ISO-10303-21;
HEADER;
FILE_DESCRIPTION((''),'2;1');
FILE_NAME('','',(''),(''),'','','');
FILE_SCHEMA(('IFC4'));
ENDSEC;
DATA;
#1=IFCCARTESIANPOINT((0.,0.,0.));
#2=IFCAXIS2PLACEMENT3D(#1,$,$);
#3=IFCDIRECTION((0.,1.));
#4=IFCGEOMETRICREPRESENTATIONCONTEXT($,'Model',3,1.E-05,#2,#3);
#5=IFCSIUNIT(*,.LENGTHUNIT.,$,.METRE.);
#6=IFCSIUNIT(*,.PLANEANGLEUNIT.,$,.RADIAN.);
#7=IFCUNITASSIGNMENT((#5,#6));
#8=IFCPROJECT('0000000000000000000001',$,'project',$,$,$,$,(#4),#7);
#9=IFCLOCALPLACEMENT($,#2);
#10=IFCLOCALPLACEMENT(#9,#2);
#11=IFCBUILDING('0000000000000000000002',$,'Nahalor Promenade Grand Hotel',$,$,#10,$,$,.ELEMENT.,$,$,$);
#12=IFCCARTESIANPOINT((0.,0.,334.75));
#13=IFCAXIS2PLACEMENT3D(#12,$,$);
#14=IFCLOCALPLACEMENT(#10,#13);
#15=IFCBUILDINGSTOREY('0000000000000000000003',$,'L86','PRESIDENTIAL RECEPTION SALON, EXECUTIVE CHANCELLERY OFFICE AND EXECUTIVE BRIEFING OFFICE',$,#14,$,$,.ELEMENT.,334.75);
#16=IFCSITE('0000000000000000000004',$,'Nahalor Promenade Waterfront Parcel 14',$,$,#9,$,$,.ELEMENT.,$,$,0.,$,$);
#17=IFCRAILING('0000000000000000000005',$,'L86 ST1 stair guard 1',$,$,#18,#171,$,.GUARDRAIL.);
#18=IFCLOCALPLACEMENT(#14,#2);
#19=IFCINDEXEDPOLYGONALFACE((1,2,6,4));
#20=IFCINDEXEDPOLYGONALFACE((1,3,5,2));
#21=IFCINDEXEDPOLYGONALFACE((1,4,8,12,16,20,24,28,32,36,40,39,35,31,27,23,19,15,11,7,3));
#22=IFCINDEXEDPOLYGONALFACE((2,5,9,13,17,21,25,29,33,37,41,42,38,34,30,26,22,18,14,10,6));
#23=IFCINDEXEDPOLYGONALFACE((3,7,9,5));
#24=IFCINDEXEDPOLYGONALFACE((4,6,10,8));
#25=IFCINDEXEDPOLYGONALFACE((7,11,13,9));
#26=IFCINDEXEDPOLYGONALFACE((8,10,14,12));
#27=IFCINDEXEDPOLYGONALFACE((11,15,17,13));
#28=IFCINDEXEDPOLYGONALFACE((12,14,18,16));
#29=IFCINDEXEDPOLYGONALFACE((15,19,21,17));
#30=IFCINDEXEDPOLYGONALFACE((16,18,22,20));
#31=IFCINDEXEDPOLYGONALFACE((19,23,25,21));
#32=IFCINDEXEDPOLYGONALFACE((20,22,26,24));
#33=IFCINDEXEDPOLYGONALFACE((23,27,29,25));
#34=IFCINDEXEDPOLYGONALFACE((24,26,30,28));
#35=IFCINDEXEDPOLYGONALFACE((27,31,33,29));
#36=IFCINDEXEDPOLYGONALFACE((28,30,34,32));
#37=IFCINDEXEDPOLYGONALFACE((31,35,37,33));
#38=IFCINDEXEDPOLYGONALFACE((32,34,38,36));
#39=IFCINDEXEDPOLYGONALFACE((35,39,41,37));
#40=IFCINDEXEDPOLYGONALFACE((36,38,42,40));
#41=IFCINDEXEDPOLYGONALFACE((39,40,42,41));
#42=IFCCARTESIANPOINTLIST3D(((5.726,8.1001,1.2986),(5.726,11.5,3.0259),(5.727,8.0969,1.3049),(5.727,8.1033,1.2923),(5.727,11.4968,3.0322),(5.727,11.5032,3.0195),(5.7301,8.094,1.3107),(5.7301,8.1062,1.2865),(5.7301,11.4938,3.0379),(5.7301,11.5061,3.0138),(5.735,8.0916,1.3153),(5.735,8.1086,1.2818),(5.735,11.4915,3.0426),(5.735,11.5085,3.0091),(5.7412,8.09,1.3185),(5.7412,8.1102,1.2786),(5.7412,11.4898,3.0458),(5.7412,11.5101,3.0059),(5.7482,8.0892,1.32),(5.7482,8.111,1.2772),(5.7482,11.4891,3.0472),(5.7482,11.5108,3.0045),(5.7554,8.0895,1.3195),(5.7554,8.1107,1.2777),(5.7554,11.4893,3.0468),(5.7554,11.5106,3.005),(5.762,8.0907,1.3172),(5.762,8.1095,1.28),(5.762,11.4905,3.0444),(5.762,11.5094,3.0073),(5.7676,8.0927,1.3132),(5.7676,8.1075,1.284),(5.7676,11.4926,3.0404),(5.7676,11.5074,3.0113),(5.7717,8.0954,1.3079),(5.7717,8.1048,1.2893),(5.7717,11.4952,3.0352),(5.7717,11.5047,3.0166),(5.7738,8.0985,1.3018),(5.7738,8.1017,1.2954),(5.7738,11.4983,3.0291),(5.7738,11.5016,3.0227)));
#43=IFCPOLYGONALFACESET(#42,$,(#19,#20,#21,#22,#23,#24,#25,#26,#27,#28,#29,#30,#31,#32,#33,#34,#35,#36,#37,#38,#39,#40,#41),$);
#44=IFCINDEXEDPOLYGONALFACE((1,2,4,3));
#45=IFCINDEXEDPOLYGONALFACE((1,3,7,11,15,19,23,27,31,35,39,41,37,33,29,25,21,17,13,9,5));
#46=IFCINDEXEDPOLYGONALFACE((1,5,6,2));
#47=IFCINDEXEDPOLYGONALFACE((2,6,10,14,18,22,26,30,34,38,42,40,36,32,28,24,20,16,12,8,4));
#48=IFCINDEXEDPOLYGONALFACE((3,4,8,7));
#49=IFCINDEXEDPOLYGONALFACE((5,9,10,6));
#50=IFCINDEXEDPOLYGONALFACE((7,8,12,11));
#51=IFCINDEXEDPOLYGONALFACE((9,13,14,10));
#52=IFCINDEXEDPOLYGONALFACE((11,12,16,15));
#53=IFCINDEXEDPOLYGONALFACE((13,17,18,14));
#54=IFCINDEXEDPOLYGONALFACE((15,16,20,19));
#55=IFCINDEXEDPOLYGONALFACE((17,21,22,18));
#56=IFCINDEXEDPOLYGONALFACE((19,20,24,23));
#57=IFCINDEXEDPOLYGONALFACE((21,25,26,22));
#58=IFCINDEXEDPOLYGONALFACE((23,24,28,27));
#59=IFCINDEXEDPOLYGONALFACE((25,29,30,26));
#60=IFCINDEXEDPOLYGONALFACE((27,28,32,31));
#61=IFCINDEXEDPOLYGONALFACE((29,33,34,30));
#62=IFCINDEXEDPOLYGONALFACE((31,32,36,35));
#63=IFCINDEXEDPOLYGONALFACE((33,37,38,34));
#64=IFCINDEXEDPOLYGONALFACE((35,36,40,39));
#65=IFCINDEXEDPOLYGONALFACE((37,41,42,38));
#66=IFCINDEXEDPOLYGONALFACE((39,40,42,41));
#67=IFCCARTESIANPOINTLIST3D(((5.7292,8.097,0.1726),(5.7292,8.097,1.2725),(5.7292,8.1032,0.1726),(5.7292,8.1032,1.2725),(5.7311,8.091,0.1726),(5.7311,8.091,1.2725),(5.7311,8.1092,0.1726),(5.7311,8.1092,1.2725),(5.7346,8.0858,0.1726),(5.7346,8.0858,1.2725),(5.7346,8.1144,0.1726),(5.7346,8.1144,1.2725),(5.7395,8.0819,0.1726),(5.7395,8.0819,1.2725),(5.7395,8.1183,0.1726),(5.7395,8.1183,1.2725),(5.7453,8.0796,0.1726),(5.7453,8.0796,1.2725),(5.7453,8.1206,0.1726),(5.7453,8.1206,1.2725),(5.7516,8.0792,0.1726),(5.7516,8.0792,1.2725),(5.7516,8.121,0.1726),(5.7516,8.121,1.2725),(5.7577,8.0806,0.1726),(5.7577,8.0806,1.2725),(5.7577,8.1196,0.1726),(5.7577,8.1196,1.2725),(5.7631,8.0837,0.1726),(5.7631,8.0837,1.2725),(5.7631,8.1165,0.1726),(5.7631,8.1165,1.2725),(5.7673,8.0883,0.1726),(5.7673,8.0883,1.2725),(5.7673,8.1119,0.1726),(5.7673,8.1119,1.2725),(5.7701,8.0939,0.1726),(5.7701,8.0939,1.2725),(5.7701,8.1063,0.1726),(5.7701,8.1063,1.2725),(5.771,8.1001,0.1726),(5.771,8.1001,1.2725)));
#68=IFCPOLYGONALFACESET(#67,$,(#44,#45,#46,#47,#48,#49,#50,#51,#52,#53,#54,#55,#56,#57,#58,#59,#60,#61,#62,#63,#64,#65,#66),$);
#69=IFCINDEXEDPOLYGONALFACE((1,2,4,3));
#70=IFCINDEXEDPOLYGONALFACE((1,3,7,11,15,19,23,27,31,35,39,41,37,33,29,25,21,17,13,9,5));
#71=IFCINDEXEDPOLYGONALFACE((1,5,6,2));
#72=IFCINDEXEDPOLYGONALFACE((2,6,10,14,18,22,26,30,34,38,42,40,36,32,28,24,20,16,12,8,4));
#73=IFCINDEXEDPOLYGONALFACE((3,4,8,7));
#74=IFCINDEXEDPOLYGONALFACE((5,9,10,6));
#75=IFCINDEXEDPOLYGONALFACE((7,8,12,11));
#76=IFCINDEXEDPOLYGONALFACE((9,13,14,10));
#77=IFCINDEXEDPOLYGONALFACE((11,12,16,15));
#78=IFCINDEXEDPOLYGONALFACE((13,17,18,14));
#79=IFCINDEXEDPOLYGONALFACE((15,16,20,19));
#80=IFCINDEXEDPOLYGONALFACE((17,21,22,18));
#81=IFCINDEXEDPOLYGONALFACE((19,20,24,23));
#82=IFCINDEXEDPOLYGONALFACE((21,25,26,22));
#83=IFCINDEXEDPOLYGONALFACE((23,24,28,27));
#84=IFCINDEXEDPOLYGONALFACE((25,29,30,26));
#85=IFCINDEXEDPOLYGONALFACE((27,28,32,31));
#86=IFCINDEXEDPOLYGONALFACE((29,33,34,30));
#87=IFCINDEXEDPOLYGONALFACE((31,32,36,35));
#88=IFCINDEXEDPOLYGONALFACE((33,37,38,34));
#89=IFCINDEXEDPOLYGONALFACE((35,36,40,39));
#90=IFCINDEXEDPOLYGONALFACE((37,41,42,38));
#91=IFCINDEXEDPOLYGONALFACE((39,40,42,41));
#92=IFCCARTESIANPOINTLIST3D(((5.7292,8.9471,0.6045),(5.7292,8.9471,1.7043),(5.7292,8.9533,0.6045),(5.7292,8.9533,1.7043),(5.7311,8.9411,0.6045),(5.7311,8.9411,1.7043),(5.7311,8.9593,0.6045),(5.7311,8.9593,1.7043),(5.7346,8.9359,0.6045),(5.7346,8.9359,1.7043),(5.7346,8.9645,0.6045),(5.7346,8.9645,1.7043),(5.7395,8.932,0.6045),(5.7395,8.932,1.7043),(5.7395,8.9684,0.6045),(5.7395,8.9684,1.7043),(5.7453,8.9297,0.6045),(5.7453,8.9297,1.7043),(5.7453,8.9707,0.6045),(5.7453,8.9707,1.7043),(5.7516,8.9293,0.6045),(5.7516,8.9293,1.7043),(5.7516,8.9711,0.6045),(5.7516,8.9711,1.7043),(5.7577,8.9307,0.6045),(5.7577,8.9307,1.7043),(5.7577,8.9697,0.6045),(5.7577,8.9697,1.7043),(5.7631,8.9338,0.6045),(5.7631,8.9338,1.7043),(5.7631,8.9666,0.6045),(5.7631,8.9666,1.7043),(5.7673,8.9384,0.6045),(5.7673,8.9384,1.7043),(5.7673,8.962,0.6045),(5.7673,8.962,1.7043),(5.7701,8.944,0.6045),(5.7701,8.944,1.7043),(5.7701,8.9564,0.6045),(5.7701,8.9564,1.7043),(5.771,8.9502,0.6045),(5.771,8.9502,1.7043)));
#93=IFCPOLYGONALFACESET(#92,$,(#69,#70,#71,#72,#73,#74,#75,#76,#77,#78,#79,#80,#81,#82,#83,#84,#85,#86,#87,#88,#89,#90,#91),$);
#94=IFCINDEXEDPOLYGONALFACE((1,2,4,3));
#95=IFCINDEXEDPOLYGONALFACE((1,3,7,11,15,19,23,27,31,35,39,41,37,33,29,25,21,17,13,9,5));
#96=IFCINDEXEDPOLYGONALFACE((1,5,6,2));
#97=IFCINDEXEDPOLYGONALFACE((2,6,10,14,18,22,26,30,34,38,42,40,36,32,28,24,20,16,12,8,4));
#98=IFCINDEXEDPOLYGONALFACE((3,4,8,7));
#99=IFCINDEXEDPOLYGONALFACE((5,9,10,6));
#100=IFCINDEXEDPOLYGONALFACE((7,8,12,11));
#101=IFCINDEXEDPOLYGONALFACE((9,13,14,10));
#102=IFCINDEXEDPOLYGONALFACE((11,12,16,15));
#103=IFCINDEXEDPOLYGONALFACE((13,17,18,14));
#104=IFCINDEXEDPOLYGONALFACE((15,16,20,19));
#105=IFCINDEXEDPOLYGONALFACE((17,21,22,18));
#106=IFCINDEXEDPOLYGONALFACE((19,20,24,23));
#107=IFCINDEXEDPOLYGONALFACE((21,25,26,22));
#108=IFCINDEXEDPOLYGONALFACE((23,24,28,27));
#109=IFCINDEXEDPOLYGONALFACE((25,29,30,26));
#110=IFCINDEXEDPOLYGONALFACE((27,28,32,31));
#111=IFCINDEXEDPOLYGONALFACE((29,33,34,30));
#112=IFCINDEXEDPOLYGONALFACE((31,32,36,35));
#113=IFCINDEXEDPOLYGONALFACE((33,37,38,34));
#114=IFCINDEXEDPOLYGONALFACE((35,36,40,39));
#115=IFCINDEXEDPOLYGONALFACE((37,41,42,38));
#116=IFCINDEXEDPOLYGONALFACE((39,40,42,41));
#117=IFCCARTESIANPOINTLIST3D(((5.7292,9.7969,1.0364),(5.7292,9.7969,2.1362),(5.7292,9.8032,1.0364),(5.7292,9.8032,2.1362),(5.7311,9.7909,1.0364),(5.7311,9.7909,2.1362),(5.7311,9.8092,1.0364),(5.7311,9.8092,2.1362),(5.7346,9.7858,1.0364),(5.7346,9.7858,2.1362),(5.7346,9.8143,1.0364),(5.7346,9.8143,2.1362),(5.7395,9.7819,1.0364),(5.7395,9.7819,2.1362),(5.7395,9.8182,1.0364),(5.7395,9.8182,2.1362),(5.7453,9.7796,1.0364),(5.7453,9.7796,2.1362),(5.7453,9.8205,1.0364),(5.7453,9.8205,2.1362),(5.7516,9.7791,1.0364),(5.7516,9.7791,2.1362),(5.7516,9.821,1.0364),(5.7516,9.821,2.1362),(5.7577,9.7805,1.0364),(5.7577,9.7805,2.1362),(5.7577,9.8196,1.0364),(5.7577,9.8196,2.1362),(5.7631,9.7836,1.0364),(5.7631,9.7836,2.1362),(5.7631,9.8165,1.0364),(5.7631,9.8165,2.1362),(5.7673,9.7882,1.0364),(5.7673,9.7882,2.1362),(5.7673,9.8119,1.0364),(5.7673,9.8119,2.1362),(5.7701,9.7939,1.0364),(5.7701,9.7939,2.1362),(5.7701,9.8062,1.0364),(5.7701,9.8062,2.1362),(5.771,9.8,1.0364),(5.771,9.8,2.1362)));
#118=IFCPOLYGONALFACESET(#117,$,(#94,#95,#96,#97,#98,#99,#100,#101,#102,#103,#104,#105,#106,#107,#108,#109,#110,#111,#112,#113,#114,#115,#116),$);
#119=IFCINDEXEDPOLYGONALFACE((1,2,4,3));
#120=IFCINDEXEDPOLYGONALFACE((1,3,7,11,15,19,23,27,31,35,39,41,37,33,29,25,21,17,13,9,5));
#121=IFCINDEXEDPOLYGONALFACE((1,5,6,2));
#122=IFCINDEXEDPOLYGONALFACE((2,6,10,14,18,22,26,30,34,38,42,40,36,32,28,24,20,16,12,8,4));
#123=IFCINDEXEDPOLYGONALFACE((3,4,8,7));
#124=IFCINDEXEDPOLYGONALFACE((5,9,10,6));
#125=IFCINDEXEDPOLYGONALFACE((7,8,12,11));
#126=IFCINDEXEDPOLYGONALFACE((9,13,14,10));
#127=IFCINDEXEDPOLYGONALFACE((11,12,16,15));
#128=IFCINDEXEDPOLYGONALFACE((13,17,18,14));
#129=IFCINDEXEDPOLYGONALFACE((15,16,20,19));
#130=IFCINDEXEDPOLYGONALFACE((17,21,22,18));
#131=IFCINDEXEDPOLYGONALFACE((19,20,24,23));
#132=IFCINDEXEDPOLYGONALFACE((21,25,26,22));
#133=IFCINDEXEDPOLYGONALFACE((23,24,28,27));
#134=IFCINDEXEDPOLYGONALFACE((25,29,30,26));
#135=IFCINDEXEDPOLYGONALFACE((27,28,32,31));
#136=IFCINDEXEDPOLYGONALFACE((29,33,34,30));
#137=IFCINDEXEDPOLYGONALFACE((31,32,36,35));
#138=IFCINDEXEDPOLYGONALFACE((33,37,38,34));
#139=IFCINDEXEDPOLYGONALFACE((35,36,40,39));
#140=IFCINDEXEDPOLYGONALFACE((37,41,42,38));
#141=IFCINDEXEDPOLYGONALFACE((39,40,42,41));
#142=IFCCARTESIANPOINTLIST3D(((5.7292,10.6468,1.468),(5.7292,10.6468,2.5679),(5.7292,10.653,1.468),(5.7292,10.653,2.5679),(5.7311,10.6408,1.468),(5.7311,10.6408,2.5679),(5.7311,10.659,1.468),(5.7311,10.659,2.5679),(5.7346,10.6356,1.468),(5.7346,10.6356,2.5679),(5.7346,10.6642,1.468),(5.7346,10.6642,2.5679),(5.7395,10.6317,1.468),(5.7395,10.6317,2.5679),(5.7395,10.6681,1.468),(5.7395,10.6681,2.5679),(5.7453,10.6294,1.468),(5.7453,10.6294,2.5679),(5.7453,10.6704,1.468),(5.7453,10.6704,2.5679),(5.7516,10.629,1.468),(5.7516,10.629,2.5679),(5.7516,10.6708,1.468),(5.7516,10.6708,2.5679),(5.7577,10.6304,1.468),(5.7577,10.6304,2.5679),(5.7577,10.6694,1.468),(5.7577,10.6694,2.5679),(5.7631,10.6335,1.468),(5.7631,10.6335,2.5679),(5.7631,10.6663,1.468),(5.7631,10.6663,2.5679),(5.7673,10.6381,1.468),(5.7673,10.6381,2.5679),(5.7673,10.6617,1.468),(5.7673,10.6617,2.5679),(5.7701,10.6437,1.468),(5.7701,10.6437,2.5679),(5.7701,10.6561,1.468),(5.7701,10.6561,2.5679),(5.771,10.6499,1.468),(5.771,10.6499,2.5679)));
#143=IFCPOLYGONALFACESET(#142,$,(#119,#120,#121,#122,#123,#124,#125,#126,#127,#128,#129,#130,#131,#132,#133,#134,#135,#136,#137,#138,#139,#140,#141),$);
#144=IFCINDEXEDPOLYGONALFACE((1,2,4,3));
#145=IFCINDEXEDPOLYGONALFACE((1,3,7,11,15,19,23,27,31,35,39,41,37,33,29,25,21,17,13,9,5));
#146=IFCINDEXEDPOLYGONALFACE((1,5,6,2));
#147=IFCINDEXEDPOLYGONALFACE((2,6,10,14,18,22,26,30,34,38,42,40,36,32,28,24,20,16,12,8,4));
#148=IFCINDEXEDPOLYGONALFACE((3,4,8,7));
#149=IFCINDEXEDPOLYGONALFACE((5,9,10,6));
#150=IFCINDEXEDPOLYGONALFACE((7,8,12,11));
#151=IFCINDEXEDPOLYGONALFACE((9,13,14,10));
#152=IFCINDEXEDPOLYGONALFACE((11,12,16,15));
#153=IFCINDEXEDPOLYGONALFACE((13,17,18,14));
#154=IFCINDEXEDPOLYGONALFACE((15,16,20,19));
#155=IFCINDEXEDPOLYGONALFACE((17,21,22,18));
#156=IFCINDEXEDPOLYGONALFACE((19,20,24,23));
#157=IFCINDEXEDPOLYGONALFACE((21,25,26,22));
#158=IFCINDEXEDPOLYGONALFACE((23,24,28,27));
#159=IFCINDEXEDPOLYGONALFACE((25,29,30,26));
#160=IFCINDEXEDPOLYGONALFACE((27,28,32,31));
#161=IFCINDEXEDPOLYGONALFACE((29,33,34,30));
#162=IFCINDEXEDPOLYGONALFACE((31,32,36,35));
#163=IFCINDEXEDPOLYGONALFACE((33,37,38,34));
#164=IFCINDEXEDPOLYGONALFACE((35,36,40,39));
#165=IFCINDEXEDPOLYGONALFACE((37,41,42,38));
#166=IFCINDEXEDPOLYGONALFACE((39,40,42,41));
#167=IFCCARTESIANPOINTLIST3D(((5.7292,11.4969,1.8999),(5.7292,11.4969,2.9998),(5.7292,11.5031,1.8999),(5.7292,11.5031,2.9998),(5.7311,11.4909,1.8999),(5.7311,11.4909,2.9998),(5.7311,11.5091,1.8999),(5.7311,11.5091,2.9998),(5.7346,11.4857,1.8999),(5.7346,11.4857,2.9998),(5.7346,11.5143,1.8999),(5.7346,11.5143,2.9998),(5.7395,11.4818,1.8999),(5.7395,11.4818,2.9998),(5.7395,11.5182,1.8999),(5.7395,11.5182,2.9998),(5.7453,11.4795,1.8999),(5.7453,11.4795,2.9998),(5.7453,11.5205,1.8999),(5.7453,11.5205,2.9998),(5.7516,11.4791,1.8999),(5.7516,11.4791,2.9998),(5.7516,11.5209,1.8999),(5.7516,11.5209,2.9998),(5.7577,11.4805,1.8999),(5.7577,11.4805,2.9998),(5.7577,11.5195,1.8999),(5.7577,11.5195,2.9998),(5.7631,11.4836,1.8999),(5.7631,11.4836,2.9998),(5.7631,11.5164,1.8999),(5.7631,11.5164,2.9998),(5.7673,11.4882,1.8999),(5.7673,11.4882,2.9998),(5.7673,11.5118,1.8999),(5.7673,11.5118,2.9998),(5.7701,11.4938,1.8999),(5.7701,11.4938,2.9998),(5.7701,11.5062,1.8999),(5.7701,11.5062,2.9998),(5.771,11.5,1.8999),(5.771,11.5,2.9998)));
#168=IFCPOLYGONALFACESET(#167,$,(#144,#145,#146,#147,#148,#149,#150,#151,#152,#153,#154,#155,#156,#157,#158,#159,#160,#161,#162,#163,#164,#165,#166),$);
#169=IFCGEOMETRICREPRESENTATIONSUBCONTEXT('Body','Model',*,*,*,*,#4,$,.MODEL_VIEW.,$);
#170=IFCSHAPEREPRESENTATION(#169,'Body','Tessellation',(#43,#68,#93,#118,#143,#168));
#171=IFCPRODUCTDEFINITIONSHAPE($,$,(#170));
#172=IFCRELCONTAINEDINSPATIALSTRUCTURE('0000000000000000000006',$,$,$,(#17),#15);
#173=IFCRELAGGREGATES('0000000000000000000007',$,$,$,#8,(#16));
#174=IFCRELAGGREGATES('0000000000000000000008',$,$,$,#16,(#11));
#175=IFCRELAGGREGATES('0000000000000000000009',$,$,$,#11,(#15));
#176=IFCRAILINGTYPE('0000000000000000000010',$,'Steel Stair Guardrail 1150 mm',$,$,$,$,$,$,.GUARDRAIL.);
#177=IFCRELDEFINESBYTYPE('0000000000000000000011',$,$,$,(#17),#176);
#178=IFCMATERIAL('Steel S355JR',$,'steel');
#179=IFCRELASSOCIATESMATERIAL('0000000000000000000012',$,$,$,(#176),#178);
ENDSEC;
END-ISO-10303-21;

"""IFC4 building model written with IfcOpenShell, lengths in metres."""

from ifc_helpers import new_model, si_unit, direction, frame, origin, origin_2d, place, context, subcontext, project, spatial, circle, extrude, material, type_object, element, save


model = new_model("IFC4")

# Units and contexts
model_context = context("Model", 3, precision=1e-05, world=origin(), true_north=direction((0.0, 1.0)))
body_context = subcontext(model_context, "Body", "Model", "MODEL_VIEW")
ifc_project = project(units=[si_unit("LENGTHUNIT", "METRE"), si_unit("PLANEANGLEUNIT", "RADIAN")], contexts=[model_context])

# Site, building, storey
site_placement = place(None, origin())
site = spatial("IfcSite", under=ifc_project, at=site_placement, Name="Nahalor Promenade Waterfront Parcel 14", CompositionType="ELEMENT", RefElevation=0.0)
building_placement = place(site_placement, origin())
building = spatial("IfcBuilding", under=site, at=building_placement, Name="Nahalor Promenade Grand Hotel", CompositionType="ELEMENT")
storey_placement = place(building_placement, frame((0.0, 0.0, 334.75)))
storey = spatial("IfcBuildingStorey", under=building, at=storey_placement, Name="L86", Description="PRESIDENTIAL RECEPTION SALON, EXECUTIVE CHANCELLERY OFFICE AND EXECUTIVE BRIEFING OFFICE", CompositionType="ELEMENT", Elevation=334.75)

# Shared definitions
ifc_material_1 = material(Name="Steel S355JR", Category="steel")

# Railing
railing_type_1 = type_object("IfcRailingType", Name="Steel Stair Guardrail 1150 mm", PredefinedType="GUARDRAIL", material=ifc_material_1)
railing_1_placement = place(storey_placement, frame((5.75, 8.1001, 0.1726)))
element("IfcRailing", 1, at=railing_1_placement, inside=storey, type_object=railing_type_1, Name="L86 ST1 stair guard 1", PredefinedType="GUARDRAIL", context=body_context, shape_type="SweptSolid", body=[
    extrude(circle(Radius=0.024, at=origin_2d()), frame((0.0, 0.0, 1.126), z_axis=(0.0, 0.891541, 0.452941), x_axis=(-1.0, 0.0, 0.0)), (0.0, 0.0, 1.0), 3.8135),
    extrude(circle(Radius=0.021, at=origin_2d()), origin(), (0.0, 0.0, 1.0), 1.0999),
    extrude(circle(Radius=0.021, at=origin_2d()), frame((0.0, 0.8501, 0.4319)), (0.0, 0.0, 1.0), 1.0999),
    extrude(circle(Radius=0.021, at=origin_2d()), frame((0.0, 1.7, 0.8638)), (0.0, 0.0, 1.0), 1.0999),
    extrude(circle(Radius=0.021, at=origin_2d()), frame((0.0, 2.5498, 1.2954)), (0.0, 0.0, 1.0), 1.0999),
    extrude(circle(Radius=0.021, at=origin_2d()), frame((0.0, 3.3999, 1.7273)), (0.0, 0.0, 1.0), 1.0999),
])

save(model, "model.ifc")
